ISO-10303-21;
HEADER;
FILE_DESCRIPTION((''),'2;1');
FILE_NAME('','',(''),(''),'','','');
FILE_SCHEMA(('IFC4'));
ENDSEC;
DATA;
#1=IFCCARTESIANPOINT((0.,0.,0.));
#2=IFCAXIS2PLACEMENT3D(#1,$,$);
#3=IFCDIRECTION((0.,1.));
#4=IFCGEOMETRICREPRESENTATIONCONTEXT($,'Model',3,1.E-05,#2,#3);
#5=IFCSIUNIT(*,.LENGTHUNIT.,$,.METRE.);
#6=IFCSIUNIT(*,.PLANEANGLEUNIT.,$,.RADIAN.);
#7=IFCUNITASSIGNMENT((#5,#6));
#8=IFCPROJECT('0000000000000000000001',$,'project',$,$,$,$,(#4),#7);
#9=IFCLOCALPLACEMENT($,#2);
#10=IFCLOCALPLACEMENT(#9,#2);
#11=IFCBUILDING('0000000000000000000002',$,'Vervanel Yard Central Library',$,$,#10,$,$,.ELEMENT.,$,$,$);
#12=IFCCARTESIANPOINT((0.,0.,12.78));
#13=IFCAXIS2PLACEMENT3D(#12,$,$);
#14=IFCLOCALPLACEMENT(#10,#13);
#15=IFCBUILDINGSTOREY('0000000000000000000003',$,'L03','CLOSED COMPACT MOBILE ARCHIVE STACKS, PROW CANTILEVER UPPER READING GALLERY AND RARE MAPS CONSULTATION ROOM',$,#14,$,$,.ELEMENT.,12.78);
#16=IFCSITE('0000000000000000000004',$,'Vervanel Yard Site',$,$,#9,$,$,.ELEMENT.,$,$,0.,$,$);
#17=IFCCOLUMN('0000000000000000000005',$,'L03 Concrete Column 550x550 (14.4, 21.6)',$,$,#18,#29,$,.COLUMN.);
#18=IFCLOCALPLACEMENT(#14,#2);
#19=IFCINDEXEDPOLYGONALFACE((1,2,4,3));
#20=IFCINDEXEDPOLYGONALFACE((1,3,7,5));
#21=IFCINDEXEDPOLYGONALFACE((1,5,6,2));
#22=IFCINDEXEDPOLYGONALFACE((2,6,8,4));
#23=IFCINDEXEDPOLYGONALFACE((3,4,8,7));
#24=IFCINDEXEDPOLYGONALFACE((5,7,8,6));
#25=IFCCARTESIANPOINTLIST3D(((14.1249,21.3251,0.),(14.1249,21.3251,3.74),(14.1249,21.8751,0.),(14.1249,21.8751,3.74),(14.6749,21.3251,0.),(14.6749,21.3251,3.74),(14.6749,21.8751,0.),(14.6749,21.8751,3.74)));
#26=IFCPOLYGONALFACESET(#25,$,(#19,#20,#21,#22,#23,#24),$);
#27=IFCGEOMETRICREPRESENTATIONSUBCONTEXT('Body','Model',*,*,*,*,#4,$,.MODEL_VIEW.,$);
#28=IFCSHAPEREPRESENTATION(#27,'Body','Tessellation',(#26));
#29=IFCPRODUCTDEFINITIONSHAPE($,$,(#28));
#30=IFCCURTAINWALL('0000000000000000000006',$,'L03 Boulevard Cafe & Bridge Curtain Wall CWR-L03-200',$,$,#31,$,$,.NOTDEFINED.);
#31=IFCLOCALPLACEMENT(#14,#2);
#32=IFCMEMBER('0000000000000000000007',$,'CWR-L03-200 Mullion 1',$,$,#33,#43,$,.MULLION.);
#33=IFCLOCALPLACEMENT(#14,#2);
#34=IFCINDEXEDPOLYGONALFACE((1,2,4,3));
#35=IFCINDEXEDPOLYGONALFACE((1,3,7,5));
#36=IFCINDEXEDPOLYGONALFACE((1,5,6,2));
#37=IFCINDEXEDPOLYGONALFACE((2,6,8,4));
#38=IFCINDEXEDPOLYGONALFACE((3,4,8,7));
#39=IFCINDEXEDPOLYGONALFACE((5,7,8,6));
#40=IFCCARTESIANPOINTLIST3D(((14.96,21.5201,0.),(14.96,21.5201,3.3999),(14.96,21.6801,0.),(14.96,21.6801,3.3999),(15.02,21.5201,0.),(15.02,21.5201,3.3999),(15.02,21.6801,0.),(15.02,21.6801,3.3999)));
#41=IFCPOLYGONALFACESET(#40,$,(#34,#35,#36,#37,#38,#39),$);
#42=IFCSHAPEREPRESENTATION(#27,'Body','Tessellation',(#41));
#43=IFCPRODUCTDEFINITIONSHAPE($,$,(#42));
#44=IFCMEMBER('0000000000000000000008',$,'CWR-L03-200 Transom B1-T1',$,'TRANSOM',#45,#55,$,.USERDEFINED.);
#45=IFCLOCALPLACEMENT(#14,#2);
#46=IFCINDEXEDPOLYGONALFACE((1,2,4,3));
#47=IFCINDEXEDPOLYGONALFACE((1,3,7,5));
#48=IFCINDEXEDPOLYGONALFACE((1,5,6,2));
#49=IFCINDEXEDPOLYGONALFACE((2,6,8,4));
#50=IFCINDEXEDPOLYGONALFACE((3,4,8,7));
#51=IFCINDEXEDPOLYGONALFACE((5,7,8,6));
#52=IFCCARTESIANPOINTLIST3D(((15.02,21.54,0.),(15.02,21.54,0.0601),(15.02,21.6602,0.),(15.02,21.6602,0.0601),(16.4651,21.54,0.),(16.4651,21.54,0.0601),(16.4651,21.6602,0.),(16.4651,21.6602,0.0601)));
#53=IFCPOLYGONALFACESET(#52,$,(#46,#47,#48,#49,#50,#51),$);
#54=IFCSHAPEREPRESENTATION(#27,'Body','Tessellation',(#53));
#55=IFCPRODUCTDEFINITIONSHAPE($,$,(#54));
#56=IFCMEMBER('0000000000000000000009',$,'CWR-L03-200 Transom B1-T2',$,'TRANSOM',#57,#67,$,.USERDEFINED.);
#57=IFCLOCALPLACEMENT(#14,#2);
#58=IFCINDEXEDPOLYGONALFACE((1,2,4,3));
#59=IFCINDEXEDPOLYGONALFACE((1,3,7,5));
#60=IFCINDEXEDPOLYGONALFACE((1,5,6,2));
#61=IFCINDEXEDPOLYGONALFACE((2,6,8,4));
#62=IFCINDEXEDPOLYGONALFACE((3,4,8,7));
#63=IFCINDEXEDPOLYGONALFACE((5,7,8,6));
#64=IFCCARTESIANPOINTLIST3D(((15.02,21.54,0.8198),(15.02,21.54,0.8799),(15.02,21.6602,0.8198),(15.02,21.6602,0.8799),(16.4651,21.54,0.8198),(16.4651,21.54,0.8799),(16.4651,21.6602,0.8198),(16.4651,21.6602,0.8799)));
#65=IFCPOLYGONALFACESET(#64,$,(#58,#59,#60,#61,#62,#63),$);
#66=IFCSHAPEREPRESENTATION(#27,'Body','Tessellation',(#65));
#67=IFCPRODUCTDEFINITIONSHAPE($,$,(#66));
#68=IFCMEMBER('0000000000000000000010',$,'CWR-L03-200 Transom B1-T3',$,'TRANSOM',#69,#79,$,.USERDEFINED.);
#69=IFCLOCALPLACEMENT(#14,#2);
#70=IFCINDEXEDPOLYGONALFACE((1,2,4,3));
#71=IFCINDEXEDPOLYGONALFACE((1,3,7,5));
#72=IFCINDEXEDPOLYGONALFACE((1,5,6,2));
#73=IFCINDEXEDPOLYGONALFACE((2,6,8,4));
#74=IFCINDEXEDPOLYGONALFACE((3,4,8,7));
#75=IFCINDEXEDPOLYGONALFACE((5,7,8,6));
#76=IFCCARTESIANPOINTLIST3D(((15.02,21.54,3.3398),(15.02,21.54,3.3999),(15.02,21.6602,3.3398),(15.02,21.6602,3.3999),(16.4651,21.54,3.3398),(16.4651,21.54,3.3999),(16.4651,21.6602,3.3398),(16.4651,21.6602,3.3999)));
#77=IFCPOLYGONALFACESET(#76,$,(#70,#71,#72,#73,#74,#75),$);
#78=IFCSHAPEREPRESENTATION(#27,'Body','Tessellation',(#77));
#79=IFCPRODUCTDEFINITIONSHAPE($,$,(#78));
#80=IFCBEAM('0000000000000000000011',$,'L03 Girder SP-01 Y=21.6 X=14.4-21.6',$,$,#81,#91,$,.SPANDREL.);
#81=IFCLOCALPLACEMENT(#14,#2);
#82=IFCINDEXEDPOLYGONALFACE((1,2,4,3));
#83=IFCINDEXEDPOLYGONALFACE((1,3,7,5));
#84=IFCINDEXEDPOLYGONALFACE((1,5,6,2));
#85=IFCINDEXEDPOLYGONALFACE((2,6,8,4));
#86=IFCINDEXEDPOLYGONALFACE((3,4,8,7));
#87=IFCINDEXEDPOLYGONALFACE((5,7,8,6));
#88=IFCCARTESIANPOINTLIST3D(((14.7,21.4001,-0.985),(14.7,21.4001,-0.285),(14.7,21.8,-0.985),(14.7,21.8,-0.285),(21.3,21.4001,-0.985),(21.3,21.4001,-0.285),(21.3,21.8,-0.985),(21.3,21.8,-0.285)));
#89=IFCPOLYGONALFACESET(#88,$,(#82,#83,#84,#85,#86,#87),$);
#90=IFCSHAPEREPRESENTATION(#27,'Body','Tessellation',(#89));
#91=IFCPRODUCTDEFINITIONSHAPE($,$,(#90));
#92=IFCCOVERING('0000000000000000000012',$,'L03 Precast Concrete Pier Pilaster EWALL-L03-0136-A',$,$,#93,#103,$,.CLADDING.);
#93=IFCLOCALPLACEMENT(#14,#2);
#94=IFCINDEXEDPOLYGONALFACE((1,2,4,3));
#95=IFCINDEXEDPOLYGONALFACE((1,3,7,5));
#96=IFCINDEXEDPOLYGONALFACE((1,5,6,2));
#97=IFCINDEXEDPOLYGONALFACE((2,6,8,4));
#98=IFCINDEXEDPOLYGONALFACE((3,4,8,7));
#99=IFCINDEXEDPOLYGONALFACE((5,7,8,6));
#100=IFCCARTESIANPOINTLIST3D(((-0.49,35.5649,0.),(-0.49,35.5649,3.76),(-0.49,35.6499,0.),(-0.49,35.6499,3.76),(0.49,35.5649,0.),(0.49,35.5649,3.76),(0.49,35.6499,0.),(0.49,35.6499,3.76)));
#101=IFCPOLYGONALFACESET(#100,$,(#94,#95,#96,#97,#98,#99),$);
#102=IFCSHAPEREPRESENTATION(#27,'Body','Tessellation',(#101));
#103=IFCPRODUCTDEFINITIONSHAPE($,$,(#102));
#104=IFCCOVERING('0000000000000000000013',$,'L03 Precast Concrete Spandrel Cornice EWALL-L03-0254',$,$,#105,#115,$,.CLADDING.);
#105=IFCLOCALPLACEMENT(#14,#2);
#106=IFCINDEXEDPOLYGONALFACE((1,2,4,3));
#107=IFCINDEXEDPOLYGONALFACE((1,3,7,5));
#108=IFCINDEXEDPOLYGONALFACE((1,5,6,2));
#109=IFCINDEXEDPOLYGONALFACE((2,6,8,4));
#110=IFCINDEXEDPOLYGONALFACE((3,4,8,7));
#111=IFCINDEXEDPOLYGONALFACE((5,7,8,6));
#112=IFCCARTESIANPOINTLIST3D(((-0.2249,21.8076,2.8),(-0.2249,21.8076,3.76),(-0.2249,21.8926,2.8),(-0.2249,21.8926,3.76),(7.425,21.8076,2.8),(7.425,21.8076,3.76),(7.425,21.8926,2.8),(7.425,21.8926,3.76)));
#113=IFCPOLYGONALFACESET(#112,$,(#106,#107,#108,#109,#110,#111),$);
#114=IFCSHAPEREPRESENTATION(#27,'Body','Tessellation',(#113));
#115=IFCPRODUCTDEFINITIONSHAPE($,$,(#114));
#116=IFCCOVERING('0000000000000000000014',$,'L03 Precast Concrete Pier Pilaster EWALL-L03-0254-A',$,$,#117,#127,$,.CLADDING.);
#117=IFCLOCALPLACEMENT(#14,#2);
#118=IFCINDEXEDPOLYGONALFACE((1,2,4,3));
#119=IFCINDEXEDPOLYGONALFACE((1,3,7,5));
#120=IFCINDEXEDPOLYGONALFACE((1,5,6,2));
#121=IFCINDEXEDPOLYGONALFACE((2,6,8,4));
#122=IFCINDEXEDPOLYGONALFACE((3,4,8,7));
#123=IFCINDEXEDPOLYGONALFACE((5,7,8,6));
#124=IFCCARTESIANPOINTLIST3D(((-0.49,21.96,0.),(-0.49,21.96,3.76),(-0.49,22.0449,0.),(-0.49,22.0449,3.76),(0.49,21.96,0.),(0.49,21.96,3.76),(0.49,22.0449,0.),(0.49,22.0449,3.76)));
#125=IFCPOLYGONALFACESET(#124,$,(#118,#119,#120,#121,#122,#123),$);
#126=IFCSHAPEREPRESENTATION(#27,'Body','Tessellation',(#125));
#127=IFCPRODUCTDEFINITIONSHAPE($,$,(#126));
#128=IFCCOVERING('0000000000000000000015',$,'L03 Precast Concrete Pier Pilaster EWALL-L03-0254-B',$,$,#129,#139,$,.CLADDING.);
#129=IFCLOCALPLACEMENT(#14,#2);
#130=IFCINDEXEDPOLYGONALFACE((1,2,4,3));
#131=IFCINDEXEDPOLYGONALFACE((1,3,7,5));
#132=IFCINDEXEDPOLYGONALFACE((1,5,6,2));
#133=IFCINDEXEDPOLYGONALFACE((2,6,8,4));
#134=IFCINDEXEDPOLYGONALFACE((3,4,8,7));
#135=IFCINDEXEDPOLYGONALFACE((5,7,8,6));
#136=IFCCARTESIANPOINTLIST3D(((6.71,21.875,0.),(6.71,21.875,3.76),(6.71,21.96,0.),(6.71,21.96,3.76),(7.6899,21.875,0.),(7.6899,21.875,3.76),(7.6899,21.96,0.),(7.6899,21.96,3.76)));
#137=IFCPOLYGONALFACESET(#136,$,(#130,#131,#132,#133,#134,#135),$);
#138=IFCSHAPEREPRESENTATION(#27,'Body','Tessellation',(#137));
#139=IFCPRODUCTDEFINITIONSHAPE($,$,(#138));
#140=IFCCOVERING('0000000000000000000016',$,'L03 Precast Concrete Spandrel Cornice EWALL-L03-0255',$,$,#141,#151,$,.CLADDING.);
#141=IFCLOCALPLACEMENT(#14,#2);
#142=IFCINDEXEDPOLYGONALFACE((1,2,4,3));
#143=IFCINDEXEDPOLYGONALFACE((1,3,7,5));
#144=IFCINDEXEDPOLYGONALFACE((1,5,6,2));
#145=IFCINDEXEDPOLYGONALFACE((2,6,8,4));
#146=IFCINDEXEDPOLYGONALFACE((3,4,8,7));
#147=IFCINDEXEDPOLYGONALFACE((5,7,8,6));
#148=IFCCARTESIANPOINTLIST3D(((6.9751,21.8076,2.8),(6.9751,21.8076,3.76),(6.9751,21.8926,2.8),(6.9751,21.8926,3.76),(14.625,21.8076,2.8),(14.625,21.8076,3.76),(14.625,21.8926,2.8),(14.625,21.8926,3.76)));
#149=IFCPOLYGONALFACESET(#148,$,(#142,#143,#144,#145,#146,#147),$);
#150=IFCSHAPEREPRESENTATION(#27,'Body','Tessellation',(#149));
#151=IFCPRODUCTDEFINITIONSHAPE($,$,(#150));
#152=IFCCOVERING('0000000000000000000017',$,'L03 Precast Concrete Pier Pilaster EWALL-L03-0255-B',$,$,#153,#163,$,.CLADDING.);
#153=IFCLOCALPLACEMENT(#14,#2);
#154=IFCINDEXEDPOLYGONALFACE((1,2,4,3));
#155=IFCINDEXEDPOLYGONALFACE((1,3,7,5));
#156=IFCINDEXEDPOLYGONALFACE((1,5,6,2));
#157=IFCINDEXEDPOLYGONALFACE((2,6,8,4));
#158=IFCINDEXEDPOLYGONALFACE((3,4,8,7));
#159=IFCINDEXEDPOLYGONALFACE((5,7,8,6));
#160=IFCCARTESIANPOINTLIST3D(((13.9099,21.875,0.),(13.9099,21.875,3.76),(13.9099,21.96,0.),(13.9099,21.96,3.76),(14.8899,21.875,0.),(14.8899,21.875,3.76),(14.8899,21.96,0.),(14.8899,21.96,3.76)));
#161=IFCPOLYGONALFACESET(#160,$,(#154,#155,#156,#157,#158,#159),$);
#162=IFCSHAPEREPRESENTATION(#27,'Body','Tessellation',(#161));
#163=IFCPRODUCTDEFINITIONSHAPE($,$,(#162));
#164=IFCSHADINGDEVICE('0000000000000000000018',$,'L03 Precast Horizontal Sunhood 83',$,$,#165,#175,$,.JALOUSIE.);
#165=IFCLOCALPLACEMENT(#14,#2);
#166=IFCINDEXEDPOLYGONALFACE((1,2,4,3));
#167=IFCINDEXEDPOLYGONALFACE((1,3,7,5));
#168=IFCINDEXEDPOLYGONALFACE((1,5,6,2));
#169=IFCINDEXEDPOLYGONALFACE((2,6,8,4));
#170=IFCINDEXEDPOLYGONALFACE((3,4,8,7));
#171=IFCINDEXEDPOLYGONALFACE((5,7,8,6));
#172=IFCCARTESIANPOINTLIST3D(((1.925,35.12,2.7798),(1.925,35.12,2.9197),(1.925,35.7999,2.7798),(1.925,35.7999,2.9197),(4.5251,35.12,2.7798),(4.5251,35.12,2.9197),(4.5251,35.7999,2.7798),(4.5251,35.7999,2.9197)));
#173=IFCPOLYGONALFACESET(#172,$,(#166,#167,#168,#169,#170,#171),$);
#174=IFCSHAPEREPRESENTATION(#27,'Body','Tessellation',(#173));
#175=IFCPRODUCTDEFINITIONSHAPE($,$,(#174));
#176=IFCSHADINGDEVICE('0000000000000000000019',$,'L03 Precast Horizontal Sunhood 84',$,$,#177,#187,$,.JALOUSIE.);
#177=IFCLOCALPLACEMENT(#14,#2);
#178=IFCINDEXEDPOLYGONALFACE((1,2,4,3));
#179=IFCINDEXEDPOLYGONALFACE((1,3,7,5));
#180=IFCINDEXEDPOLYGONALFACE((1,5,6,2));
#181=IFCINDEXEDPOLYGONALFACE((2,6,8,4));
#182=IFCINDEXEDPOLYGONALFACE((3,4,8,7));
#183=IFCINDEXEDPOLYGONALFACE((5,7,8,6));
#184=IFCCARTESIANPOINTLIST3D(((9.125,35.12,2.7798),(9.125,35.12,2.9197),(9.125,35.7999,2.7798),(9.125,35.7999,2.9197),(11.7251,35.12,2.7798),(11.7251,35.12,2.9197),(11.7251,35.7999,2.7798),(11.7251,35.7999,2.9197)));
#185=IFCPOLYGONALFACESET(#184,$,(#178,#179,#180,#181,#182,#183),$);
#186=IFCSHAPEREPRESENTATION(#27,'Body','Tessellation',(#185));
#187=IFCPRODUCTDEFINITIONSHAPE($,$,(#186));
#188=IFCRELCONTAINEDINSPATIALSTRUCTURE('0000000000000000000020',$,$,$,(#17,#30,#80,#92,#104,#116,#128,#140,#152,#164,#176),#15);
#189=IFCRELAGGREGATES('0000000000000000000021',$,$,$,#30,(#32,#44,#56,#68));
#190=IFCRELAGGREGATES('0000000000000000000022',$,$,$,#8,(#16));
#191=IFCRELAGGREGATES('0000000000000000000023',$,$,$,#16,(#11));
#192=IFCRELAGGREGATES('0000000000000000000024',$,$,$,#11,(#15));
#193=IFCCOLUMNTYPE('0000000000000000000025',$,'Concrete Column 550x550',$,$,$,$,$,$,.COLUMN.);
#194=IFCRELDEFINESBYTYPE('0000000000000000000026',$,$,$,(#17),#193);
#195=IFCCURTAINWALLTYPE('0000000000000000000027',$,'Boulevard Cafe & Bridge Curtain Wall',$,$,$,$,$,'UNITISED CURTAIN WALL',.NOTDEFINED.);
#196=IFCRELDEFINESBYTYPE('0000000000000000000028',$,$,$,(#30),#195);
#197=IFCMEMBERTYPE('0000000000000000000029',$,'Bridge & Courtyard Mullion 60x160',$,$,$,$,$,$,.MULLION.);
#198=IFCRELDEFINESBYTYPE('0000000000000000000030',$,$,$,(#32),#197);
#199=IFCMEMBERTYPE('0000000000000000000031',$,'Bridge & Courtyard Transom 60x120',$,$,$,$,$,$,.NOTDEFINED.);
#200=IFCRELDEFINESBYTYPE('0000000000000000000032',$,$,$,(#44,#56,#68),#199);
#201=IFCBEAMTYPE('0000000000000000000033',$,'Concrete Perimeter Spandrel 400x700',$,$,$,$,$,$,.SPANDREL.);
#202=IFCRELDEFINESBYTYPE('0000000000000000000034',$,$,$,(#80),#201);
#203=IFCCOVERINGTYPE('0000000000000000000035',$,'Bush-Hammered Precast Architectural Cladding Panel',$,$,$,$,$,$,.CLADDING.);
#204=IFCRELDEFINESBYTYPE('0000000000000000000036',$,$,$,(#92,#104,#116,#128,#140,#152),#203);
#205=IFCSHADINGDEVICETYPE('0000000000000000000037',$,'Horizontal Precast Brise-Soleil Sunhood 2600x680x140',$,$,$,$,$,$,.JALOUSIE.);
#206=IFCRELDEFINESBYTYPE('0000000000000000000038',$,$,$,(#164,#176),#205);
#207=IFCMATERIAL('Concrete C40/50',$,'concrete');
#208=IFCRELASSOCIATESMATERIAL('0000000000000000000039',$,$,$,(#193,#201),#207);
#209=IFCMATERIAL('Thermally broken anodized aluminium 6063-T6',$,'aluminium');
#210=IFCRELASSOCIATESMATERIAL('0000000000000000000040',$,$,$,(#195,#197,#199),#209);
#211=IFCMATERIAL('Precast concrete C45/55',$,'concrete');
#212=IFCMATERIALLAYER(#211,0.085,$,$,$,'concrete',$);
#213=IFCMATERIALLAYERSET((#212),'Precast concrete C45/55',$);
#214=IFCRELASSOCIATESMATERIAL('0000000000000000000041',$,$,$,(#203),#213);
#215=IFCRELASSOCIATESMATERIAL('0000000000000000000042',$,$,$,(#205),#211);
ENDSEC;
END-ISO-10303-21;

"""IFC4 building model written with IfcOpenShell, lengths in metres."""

from ifc_helpers import new_model, si_unit, direction, frame, origin, origin_2d, place, context, subcontext, project, spatial, rectangle, extrude, material, layer, layer_set, material_profile, profile_set, type_object, element, aggregate, save


model = new_model("IFC4")

# Units and contexts
model_context = context("Model", 3, precision=1e-05, world=origin(), true_north=direction((0.0, 1.0)))
body_context = subcontext(model_context, "Body", "Model", "MODEL_VIEW")
ifc_project = project(units=[si_unit("LENGTHUNIT", "METRE"), si_unit("PLANEANGLEUNIT", "RADIAN")], contexts=[model_context])

# Site, building, storey
site_placement = place(None, origin())
site = spatial("IfcSite", under=ifc_project, at=site_placement, Name="Vervanel Yard Site", CompositionType="ELEMENT", RefElevation=0.0)
building_placement = place(site_placement, origin())
building = spatial("IfcBuilding", under=site, at=building_placement, Name="Vervanel Yard Central Library", CompositionType="ELEMENT")
storey_placement = place(building_placement, frame((0.0, 0.0, 12.78)))
storey = spatial("IfcBuildingStorey", under=building, at=storey_placement, Name="L03", Description="CLOSED COMPACT MOBILE ARCHIVE STACKS, PROW CANTILEVER UPPER READING GALLERY AND RARE MAPS CONSULTATION ROOM", CompositionType="ELEMENT", Elevation=12.78)

# Column
ifc_material_1 = material(Name="Concrete C40/50", Category="concrete")
ifc_material_profile_1 = material_profile(ifc_material_1, rectangle(XDim=0.55, YDim=0.55, at=origin_2d()), Name="RC 550x550", Category="concrete")
ifc_profile_set_1 = profile_set([ifc_material_profile_1], Name="Concrete C40/50")
column_type = type_object("IfcColumnType", Name="Concrete Column 550x550", PredefinedType="COLUMN", material=ifc_profile_set_1)
column_placement = place(storey_placement, frame((14.3999, 21.6001, 0.0), z_axis=(0.0, 0.0, 1.0), x_axis=(1.0, 0.0, 0.0)))
element("IfcColumn", 1, at=column_placement, inside=storey, type_object=column_type, Name="L03 Concrete Column 550x550 (14.4, 21.6)", PredefinedType="COLUMN", context=body_context, shape_type="SweptSolid", body=[
    extrude(rectangle(XDim=0.55, YDim=0.55, at=origin_2d()), origin(), (0.0, 0.0, 1.0), 3.74),
])

# Curtain wall, members
ifc_material_2 = material(Name="Thermally broken anodized aluminium 6063-T6", Category="aluminium")
curtain_wall_type = type_object("IfcCurtainWallType", Name="Boulevard Cafe & Bridge Curtain Wall", ElementType="UNITISED CURTAIN WALL", PredefinedType="NOTDEFINED", material=ifc_material_2)
curtain_wall_placement = place(storey_placement, origin())
curtain_wall = element("IfcCurtainWall", 2, at=curtain_wall_placement, inside=storey, type_object=curtain_wall_type, Name="L03 Boulevard Cafe & Bridge Curtain Wall CWR-L03-200", PredefinedType="NOTDEFINED")
ifc_material_profile_2 = material_profile(ifc_material_2, rectangle(XDim=0.0601, YDim=0.1599, at=origin_2d()), Name="ALU 60x160", Category="aluminium")
ifc_profile_set_2 = profile_set([ifc_material_profile_2], Name="Thermally broken anodized aluminium 6063-T6")
member_type_1 = type_object("IfcMemberType", Name="Bridge & Courtyard Mullion 60x160", PredefinedType="MULLION", material=ifc_profile_set_2)
member_1_placement = place(storey_placement, frame((14.99, 21.6001, 0.0), z_axis=(0.0, 0.0, 1.0), x_axis=(1.0, 0.0, 0.0)))
member_1 = element("IfcMember", 3, at=member_1_placement, type_object=member_type_1, Name="CWR-L03-200 Mullion 1", PredefinedType="MULLION", context=body_context, shape_type="SweptSolid", body=[
    extrude(rectangle(XDim=0.0601, YDim=0.1599, at=origin_2d()), origin(), (0.0, 0.0, 1.0), 3.3999),
])
ifc_material_profile_3 = material_profile(ifc_material_2, rectangle(XDim=0.0601, YDim=0.1201, at=origin_2d()), Name="ALU 60x120", Category="aluminium")
ifc_profile_set_3 = profile_set([ifc_material_profile_3], Name="Thermally broken anodized aluminium 6063-T6")
member_type_2 = type_object("IfcMemberType", Name="Bridge & Courtyard Transom 60x120", PredefinedType="NOTDEFINED", material=ifc_profile_set_3)
member_2_placement = place(storey_placement, frame((15.02, 21.6001, 0.03), z_axis=(1.0, 0.0, 0.0), x_axis=(0.0, 0.0, 1.0)))
member_2 = element("IfcMember", 4, at=member_2_placement, type_object=member_type_2, Name="CWR-L03-200 Transom B1-T1", ObjectType="TRANSOM", PredefinedType="USERDEFINED", context=body_context, shape_type="SweptSolid", body=[
    extrude(rectangle(XDim=0.0601, YDim=0.1201, at=origin_2d()), origin(), (0.0, 0.0, 1.0), 1.4451),
])
member_3_placement = place(storey_placement, frame((15.02, 21.6001, 0.8499), z_axis=(1.0, 0.0, 0.0), x_axis=(0.0, 0.0, 1.0)))
member_3 = element("IfcMember", 5, at=member_3_placement, type_object=member_type_2, Name="CWR-L03-200 Transom B1-T2", ObjectType="TRANSOM", PredefinedType="USERDEFINED", context=body_context, shape_type="SweptSolid", body=[
    extrude(rectangle(XDim=0.0601, YDim=0.1201, at=origin_2d()), origin(), (0.0, 0.0, 1.0), 1.4451),
])
member_4_placement = place(storey_placement, frame((15.02, 21.6001, 3.3699), z_axis=(1.0, 0.0, 0.0), x_axis=(0.0, 0.0, 1.0)))
member_4 = element("IfcMember", 6, at=member_4_placement, type_object=member_type_2, Name="CWR-L03-200 Transom B1-T3", ObjectType="TRANSOM", PredefinedType="USERDEFINED", context=body_context, shape_type="SweptSolid", body=[
    extrude(rectangle(XDim=0.0601, YDim=0.1201, at=origin_2d()), origin(), (0.0, 0.0, 1.0), 1.4451),
])
aggregate(curtain_wall, [member_1, member_2, member_3, member_4])

# Beam
ifc_material_profile_4 = material_profile(ifc_material_1, rectangle(XDim=0.3999, YDim=0.7, at=origin_2d()), Name="RC 400x700", Category="concrete")
ifc_profile_set_4 = profile_set([ifc_material_profile_4], Name="Concrete C40/50")
beam_type = type_object("IfcBeamType", Name="Concrete Perimeter Spandrel 400x700", PredefinedType="SPANDREL", material=ifc_profile_set_4)
beam_placement = place(storey_placement, frame((14.7, 21.6001, -0.635), z_axis=(1.0, 0.0, 0.0), x_axis=(0.0, 1.0, 0.0)))
element("IfcBeam", 7, at=beam_placement, inside=storey, type_object=beam_type, Name="L03 Girder SP-01 Y=21.6 X=14.4-21.6", PredefinedType="SPANDREL", context=body_context, shape_type="SweptSolid", body=[
    extrude(rectangle(XDim=0.3999, YDim=0.7, at=origin_2d()), origin(), (0.0, 0.0, 1.0), 6.6001),
])

# Coverings
ifc_material_3 = material(Name="Precast concrete C45/55", Category="concrete")
ifc_layer = layer(ifc_material_3, 0.085, Category="concrete")
ifc_layer_set = layer_set([ifc_layer], Name="Precast concrete C45/55")
covering_type = type_object("IfcCoveringType", Name="Bush-Hammered Precast Architectural Cladding Panel", PredefinedType="CLADDING", material=ifc_layer_set)
covering_1_placement = place(storey_placement, frame((0.0, 35.6074, 0.0), z_axis=(0.0, 0.0, 1.0), x_axis=(1.0, 0.0, 0.0)))
element("IfcCovering", 8, at=covering_1_placement, inside=storey, type_object=covering_type, Name="L03 Precast Concrete Pier Pilaster EWALL-L03-0136-A", PredefinedType="CLADDING", context=body_context, shape_type="SweptSolid", body=[
    extrude(rectangle(XDim=0.98, YDim=0.085, at=origin_2d()), origin(), (0.0, 0.0, 1.0), 3.76),
])
covering_2_placement = place(storey_placement, frame((3.6001, 21.8501, 2.8), z_axis=(0.0, 0.0, 1.0), x_axis=(1.0, 0.0, 0.0)))
element("IfcCovering", 9, at=covering_2_placement, inside=storey, type_object=covering_type, Name="L03 Precast Concrete Spandrel Cornice EWALL-L03-0254", PredefinedType="CLADDING", context=body_context, shape_type="SweptSolid", body=[
    extrude(rectangle(XDim=7.6499, YDim=0.085, at=origin_2d()), origin(), (0.0, 0.0, 1.0), 0.96),
])
for number, where, z_axis, x_axis, name in (
    (10, (0.0, 22.0024, 0.0), (0.0, 0.0, 1.0), (1.0, 0.0, 0.0), "L03 Precast Concrete Pier Pilaster EWALL-L03-0254-A"),
    (11, (7.2, 21.9175, 0.0), (0.0, 0.0, 1.0), (1.0, 0.0, 0.0), "L03 Precast Concrete Pier Pilaster EWALL-L03-0254-B"),
):
    element("IfcCovering", number, at=place(storey_placement, frame(where, z_axis=z_axis, x_axis=x_axis)), inside=storey, type_object=covering_type, Name=name, PredefinedType="CLADDING", context=body_context, shape_type="SweptSolid", body=[
        extrude(rectangle(XDim=0.98, YDim=0.085, at=origin_2d()), origin(), (0.0, 0.0, 1.0), 3.76),
    ])
covering_3_placement = place(storey_placement, frame((10.8, 21.8501, 2.8), z_axis=(0.0, 0.0, 1.0), x_axis=(1.0, 0.0, 0.0)))
element("IfcCovering", 12, at=covering_3_placement, inside=storey, type_object=covering_type, Name="L03 Precast Concrete Spandrel Cornice EWALL-L03-0255", PredefinedType="CLADDING", context=body_context, shape_type="SweptSolid", body=[
    extrude(rectangle(XDim=7.6499, YDim=0.085, at=origin_2d()), origin(), (0.0, 0.0, 1.0), 0.96),
])
covering_4_placement = place(storey_placement, frame((14.3999, 21.9175, 0.0), z_axis=(0.0, 0.0, 1.0), x_axis=(1.0, 0.0, 0.0)))
element("IfcCovering", 13, at=covering_4_placement, inside=storey, type_object=covering_type, Name="L03 Precast Concrete Pier Pilaster EWALL-L03-0255-B", PredefinedType="CLADDING", context=body_context, shape_type="SweptSolid", body=[
    extrude(rectangle(XDim=0.98, YDim=0.085, at=origin_2d()), origin(), (0.0, 0.0, 1.0), 3.76),
])

# Shading devices
shading_device_type_1 = type_object("IfcShadingDeviceType", Name="Horizontal Precast Brise-Soleil Sunhood 2600x680x140", PredefinedType="JALOUSIE", material=ifc_material_3)
for number, where, z_axis, x_axis, name in (
    (14, (3.2251, 35.46, 2.7798), (0.0, 0.0, 1.0), (1.0, 0.0, 0.0), "L03 Precast Horizontal Sunhood 83"),
    (15, (10.425, 35.46, 2.7798), (0.0, 0.0, 1.0), (1.0, 0.0, 0.0), "L03 Precast Horizontal Sunhood 84"),
):
    element("IfcShadingDevice", number, at=place(storey_placement, frame(where, z_axis=z_axis, x_axis=x_axis)), inside=storey, type_object=shading_device_type_1, Name=name, PredefinedType="JALOUSIE", context=body_context, shape_type="SweptSolid", body=[
        extrude(rectangle(XDim=2.6001, YDim=0.6799, at=origin_2d()), origin(), (0.0, 0.0, 1.0), 0.1399),
    ])

save(model, "model.ifc")
